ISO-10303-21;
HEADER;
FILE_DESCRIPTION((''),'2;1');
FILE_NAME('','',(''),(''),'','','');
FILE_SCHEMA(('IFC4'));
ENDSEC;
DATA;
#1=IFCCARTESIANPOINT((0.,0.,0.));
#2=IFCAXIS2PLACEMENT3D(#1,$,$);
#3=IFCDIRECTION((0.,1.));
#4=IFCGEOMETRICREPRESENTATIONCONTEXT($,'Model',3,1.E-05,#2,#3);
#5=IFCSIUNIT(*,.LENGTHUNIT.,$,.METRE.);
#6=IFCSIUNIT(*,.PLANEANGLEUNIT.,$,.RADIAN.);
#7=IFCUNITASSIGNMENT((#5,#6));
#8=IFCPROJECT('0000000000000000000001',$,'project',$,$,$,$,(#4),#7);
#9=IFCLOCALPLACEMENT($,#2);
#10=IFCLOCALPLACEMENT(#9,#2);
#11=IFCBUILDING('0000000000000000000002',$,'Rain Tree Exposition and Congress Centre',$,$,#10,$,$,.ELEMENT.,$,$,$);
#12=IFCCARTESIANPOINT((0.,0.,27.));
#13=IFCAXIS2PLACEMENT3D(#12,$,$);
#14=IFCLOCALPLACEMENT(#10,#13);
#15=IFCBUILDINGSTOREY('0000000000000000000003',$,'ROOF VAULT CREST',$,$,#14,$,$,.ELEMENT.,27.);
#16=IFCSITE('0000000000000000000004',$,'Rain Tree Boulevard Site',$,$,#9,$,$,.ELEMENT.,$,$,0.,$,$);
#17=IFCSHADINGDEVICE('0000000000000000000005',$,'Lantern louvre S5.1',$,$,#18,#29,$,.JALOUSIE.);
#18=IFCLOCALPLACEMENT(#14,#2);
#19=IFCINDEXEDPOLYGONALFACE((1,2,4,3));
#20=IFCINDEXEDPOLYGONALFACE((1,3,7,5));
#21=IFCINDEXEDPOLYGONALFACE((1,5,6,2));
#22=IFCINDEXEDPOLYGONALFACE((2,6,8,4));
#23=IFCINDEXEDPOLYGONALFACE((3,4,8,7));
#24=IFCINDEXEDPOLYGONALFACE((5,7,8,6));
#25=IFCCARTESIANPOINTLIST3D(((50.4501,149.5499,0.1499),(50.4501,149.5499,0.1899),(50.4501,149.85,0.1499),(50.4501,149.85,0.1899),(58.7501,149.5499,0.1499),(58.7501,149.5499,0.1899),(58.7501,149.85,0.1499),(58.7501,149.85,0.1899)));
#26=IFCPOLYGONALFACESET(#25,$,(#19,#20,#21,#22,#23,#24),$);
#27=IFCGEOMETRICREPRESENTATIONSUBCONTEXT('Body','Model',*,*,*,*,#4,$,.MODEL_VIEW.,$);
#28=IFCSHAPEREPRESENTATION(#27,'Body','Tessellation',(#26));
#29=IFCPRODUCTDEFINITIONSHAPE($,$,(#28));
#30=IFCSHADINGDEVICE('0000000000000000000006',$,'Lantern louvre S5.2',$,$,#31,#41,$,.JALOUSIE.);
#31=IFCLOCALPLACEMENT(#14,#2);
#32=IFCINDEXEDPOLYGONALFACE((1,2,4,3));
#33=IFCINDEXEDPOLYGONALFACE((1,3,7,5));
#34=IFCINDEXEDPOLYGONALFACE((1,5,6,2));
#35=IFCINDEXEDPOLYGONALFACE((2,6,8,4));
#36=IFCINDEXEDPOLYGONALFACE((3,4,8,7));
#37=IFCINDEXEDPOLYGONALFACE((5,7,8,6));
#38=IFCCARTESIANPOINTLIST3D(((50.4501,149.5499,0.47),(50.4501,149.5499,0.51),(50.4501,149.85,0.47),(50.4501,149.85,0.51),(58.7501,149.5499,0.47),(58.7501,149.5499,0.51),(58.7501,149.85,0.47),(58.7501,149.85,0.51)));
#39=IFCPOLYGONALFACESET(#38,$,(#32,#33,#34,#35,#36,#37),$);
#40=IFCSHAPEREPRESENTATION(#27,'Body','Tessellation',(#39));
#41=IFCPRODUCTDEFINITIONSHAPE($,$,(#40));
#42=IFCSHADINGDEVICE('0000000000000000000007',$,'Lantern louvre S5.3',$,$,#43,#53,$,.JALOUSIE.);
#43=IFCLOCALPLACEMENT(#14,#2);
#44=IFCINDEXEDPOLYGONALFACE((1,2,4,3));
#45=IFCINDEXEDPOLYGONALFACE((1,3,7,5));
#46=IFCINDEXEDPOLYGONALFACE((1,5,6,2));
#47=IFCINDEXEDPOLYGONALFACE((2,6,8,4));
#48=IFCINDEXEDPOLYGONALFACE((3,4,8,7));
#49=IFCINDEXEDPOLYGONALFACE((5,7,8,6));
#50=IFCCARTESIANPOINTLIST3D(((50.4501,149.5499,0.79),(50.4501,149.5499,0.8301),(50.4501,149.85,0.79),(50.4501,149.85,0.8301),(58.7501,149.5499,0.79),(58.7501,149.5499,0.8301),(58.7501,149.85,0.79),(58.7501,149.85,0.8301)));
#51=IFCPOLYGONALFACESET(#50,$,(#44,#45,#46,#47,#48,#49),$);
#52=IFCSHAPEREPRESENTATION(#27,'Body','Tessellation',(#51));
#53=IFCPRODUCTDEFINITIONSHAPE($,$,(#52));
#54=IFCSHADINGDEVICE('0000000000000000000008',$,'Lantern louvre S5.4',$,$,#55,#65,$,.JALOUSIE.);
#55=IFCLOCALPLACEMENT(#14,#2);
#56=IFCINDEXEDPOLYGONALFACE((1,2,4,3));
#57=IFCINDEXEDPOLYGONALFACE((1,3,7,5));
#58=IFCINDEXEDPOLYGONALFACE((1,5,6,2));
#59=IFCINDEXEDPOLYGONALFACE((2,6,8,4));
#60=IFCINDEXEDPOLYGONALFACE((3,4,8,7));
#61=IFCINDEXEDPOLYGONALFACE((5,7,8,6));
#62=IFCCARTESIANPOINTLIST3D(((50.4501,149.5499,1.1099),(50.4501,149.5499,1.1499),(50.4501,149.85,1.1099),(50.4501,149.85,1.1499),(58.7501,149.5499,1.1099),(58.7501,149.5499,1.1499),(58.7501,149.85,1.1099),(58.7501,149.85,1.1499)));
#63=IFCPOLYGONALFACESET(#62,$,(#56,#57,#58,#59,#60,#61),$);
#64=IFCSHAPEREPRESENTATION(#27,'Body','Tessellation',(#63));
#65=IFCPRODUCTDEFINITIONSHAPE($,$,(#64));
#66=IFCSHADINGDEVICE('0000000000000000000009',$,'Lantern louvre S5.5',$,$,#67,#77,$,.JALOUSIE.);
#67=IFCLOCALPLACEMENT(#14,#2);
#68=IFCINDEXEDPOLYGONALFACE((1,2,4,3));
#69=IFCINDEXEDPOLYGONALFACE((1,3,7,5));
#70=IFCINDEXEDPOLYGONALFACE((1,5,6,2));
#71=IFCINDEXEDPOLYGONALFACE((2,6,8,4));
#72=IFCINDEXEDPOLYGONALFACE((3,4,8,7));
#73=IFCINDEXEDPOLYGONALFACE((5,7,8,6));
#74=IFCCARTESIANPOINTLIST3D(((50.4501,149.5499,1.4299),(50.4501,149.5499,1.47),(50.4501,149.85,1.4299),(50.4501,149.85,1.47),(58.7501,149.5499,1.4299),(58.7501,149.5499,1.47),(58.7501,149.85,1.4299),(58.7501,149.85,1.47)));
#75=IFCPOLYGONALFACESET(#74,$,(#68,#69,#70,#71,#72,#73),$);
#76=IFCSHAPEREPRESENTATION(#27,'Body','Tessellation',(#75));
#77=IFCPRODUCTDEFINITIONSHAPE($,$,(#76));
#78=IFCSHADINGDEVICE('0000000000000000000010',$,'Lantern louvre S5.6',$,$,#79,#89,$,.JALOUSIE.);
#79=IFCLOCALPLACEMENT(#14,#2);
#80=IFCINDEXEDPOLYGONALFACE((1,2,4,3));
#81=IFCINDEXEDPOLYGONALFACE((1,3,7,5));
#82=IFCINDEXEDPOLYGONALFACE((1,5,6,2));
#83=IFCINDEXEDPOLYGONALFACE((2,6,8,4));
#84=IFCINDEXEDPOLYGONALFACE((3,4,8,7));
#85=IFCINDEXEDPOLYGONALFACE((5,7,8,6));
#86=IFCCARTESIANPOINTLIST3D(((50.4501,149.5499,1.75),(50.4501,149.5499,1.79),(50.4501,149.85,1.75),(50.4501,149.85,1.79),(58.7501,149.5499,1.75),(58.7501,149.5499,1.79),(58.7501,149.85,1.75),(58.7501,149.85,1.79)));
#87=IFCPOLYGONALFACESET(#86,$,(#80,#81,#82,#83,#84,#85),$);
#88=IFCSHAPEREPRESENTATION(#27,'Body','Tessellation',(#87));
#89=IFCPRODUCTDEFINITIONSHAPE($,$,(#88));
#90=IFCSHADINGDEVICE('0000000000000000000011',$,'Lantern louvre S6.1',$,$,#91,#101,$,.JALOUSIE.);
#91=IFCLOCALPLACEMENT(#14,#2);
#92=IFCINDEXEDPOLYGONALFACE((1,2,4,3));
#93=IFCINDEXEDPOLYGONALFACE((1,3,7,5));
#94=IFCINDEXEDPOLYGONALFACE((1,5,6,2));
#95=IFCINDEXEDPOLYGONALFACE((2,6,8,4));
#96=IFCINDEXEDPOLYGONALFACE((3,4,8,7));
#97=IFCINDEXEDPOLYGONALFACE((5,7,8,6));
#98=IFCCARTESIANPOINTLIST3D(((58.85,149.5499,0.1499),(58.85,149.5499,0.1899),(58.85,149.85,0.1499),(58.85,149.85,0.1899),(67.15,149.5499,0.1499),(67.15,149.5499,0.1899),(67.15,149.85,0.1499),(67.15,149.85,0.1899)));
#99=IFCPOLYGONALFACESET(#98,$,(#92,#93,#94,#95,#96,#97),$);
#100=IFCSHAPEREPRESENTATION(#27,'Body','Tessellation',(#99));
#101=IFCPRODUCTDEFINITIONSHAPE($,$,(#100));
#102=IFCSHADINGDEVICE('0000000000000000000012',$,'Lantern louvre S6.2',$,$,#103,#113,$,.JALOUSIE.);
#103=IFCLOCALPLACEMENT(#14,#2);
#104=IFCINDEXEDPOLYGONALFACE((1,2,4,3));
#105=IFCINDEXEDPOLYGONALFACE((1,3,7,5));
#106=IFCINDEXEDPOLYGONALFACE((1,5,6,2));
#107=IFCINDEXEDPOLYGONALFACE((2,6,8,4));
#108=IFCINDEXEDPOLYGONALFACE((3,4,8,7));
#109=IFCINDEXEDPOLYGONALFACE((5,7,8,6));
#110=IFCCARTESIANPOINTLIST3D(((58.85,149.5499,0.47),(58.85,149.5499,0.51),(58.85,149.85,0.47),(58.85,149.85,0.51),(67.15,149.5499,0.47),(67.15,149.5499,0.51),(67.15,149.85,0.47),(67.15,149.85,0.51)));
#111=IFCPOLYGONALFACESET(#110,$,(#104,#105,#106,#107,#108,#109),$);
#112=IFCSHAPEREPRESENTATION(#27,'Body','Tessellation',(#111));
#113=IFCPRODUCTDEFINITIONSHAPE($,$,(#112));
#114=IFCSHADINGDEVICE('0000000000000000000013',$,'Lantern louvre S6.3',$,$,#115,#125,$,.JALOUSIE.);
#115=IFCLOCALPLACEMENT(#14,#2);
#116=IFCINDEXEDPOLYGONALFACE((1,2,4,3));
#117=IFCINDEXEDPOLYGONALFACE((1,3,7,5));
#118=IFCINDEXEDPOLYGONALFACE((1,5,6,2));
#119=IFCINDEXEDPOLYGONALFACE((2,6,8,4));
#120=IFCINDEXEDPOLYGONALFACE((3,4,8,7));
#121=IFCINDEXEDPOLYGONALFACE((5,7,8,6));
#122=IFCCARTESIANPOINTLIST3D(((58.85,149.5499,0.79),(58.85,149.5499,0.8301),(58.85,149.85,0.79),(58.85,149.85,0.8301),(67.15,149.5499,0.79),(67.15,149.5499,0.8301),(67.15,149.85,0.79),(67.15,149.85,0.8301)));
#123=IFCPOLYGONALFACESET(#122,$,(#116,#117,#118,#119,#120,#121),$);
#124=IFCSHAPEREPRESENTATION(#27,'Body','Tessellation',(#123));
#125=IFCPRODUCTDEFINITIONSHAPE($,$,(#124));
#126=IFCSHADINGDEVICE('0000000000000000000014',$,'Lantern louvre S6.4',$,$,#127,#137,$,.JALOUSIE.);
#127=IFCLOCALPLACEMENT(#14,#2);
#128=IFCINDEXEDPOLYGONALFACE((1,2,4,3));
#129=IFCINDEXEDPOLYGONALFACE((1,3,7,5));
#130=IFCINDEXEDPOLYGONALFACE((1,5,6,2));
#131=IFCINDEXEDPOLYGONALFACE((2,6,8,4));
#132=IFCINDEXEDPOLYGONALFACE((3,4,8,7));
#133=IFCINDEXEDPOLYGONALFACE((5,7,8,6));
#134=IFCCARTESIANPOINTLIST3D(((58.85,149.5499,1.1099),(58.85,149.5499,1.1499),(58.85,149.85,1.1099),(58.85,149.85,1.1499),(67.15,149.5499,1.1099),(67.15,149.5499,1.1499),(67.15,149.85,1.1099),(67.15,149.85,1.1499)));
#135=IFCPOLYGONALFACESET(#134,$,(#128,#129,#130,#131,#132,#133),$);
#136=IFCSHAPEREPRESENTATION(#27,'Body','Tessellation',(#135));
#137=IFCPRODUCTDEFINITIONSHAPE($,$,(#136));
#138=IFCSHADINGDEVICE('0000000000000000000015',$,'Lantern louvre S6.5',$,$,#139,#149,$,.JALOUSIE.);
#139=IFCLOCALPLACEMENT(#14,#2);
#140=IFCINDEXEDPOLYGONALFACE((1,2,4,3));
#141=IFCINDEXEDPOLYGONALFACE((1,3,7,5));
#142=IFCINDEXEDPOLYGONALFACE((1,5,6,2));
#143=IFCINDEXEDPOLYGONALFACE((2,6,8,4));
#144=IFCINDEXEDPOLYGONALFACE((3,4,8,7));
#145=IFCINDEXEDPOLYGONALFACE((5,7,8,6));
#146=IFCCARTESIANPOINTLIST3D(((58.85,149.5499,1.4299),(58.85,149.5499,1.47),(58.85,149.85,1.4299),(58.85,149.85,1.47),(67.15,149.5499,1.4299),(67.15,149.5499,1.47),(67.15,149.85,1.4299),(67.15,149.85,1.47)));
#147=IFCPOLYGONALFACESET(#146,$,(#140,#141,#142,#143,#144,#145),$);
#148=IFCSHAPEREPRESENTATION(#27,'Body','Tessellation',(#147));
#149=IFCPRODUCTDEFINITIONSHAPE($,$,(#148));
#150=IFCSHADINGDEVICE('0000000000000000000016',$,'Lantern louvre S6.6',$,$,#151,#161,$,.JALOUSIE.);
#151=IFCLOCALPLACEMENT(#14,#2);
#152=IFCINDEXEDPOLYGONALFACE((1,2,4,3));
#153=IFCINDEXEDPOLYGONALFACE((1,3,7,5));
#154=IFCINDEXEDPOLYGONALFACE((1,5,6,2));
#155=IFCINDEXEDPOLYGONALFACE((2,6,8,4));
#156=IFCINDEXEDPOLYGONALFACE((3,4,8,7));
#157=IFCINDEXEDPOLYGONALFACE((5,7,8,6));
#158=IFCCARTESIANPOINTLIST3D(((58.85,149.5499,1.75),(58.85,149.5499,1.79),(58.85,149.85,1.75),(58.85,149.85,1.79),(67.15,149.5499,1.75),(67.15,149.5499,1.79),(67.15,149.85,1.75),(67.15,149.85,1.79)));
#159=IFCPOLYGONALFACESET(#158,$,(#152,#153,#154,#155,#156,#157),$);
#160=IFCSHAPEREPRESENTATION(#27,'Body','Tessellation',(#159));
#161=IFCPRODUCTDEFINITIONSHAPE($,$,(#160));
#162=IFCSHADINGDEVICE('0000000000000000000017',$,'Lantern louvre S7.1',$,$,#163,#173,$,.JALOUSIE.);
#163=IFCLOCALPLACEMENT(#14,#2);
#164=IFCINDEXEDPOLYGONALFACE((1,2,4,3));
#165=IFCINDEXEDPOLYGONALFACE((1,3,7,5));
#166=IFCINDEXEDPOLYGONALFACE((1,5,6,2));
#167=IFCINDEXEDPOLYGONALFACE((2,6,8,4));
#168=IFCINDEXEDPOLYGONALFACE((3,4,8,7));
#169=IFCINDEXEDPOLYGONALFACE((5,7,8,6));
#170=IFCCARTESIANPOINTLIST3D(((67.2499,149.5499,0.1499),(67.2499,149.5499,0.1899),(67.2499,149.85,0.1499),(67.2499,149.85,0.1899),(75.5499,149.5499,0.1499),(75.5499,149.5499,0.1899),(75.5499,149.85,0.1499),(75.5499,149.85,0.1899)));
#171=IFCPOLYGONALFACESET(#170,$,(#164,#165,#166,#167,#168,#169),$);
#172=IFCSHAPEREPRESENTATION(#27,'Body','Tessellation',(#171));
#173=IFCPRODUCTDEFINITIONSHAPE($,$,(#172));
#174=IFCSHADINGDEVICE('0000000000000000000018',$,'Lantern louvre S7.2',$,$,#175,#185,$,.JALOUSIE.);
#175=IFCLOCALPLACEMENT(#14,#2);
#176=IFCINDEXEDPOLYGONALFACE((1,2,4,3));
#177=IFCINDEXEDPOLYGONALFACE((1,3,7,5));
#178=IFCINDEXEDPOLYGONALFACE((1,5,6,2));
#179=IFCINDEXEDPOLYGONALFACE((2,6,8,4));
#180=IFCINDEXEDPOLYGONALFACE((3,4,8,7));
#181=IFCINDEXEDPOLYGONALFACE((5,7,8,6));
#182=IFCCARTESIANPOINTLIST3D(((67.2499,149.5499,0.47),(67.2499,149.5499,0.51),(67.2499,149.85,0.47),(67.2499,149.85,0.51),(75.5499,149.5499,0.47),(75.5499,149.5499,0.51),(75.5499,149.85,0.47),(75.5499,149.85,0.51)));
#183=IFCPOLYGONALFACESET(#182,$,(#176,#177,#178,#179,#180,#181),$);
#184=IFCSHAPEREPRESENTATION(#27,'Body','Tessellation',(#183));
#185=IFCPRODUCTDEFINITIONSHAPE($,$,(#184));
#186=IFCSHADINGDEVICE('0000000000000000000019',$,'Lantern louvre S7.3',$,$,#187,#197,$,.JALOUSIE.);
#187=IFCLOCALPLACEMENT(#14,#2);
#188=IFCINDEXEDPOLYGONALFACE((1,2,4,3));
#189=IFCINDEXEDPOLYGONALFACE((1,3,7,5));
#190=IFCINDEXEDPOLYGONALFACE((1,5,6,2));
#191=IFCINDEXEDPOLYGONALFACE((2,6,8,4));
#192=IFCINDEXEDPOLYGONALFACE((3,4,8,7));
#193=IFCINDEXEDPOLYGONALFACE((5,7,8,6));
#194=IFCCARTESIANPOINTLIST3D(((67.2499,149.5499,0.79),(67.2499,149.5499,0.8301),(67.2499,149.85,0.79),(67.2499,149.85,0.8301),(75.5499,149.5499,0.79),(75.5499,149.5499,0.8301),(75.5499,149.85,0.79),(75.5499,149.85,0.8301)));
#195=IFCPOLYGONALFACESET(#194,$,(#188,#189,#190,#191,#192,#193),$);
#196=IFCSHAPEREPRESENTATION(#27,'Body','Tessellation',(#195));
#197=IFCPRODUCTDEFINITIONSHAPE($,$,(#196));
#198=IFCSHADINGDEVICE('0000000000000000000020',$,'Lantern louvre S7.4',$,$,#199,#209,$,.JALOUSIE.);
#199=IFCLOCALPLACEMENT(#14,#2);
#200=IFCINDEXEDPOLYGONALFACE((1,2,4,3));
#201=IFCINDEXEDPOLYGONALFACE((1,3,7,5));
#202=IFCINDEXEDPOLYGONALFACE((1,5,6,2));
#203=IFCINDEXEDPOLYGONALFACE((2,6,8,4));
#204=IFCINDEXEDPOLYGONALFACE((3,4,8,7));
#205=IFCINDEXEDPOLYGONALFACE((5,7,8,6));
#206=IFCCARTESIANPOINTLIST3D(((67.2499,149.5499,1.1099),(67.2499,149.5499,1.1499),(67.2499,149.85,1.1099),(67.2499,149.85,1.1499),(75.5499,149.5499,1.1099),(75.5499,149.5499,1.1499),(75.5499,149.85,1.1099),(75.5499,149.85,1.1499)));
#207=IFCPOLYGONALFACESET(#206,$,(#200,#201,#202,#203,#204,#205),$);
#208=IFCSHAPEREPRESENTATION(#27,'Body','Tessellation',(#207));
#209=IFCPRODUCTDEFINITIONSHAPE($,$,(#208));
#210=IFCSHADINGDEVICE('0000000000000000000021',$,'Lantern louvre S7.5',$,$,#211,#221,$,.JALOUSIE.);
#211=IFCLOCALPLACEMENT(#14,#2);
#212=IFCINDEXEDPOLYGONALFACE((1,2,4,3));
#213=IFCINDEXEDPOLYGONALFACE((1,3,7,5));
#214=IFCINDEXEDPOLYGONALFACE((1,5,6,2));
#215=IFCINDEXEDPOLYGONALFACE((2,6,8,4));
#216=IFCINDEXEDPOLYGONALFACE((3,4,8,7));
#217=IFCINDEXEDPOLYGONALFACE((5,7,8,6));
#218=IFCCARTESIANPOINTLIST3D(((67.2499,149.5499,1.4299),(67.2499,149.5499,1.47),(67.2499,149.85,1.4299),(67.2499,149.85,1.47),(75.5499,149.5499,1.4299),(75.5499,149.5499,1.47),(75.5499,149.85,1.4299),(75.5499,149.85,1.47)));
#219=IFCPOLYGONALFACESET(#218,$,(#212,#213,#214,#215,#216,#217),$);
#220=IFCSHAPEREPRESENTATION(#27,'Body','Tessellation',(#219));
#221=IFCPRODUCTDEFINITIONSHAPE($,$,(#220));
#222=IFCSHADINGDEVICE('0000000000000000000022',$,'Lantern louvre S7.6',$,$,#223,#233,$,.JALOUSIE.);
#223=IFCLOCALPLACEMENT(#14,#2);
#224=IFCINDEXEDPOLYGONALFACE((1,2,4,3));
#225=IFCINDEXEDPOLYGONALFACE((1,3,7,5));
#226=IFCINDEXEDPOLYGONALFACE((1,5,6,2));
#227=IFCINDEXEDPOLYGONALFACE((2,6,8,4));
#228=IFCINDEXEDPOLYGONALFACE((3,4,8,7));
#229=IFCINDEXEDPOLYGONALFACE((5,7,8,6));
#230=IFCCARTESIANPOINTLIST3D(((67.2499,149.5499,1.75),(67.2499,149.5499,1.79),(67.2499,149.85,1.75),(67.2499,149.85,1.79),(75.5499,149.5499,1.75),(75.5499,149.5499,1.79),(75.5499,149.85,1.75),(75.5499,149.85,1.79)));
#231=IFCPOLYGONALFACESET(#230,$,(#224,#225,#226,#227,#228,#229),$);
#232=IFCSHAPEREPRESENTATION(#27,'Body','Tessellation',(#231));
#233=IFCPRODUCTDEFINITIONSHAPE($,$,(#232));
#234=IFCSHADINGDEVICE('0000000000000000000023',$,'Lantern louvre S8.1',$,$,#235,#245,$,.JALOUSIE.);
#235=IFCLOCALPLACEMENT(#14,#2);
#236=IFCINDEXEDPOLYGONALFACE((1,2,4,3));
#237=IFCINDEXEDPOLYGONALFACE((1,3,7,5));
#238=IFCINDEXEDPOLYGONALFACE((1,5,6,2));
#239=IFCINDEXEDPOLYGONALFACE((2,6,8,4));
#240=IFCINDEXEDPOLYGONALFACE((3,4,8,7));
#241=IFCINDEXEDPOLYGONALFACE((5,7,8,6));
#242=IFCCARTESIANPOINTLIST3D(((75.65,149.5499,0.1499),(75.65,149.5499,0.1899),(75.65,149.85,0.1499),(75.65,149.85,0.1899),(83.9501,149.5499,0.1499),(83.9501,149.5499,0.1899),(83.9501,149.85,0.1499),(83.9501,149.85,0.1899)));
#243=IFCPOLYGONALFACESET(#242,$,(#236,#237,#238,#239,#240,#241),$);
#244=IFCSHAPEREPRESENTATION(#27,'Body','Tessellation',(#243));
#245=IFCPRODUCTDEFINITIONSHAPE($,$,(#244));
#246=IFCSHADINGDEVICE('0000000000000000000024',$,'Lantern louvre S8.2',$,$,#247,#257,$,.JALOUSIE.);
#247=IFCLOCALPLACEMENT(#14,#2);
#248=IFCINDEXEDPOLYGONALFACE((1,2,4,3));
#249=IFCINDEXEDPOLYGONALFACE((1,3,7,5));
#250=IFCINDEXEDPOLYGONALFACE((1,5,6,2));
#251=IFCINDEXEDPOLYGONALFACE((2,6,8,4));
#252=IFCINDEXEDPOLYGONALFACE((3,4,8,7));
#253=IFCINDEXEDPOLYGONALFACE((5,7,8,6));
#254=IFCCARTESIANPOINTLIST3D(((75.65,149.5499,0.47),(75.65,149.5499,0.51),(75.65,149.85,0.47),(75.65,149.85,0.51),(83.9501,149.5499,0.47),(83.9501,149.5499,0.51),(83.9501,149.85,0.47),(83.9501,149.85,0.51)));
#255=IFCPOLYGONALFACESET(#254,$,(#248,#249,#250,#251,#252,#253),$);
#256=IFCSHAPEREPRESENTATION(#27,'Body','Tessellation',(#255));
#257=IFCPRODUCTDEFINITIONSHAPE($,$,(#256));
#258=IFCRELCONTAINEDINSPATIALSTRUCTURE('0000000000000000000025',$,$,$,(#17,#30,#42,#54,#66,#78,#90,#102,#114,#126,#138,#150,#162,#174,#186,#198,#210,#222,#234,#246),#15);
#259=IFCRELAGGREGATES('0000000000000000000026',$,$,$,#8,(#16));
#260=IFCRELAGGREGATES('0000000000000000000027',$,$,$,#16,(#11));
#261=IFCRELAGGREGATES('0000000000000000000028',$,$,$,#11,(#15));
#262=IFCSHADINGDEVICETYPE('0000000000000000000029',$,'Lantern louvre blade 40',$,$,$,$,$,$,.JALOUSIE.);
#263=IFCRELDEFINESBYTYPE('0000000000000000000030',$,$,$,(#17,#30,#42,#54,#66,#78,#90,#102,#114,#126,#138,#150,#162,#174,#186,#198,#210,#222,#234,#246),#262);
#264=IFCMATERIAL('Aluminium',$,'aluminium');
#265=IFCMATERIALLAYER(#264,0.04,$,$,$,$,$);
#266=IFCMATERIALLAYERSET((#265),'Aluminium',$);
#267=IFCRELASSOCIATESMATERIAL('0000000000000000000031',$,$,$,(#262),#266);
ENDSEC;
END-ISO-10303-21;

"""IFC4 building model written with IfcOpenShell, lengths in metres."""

from ifc_helpers import new_model, si_unit, direction, frame, origin, origin_2d, place, context, subcontext, project, spatial, rectangle, extrude, material, layer, layer_set, type_object, element, save


model = new_model("IFC4")

# Units and contexts
model_context = context("Model", 3, precision=1e-05, world=origin(), true_north=direction((0.0, 1.0)))
body_context = subcontext(model_context, "Body", "Model", "MODEL_VIEW")
ifc_project = project(units=[si_unit("LENGTHUNIT", "METRE"), si_unit("PLANEANGLEUNIT", "RADIAN")], contexts=[model_context])

# Site, building, storey
site_placement = place(None, origin())
site = spatial("IfcSite", under=ifc_project, at=site_placement, Name="Rain Tree Boulevard Site", CompositionType="ELEMENT", RefElevation=0.0)
building_placement = place(site_placement, origin())
building = spatial("IfcBuilding", under=site, at=building_placement, Name="Rain Tree Exposition and Congress Centre", CompositionType="ELEMENT")
storey_placement = place(building_placement, frame((0.0, 0.0, 27.0)))
storey = spatial("IfcBuildingStorey", under=building, at=storey_placement, Name="ROOF VAULT CREST", CompositionType="ELEMENT", Elevation=27.0)

# Shading devices
ifc_material_1 = material(Name="Aluminium", Category="aluminium")
ifc_layer_1 = layer(ifc_material_1, 0.04)
ifc_layer_set_1 = layer_set([ifc_layer_1], Name="Aluminium")
shading_device_type = type_object("IfcShadingDeviceType", Name="Lantern louvre blade 40", PredefinedType="JALOUSIE", material=ifc_layer_set_1)
for number, where, z_axis, x_axis, name in (
    (1, (54.6001, 149.7, 0.1499), (0.0, 0.0, 1.0), (1.0, 0.0, 0.0), "Lantern louvre S5.1"),
    (2, (54.6001, 149.7, 0.47), (0.0, 0.0, 1.0), (1.0, 0.0, 0.0), "Lantern louvre S5.2"),
    (3, (54.6001, 149.7, 0.79), (0.0, 0.0, 1.0), (1.0, 0.0, 0.0), "Lantern louvre S5.3"),
    (4, (54.6001, 149.7, 1.1099), (0.0, 0.0, 1.0), (1.0, 0.0, 0.0), "Lantern louvre S5.4"),
    (5, (54.6001, 149.7, 1.4299), (0.0, 0.0, 1.0), (1.0, 0.0, 0.0), "Lantern louvre S5.5"),
    (6, (54.6001, 149.7, 1.75), (0.0, 0.0, 1.0), (1.0, 0.0, 0.0), "Lantern louvre S5.6"),
    (7, (63.0, 149.7, 0.1499), (0.0, 0.0, 1.0), (1.0, 0.0, 0.0), "Lantern louvre S6.1"),
    (8, (63.0, 149.7, 0.47), (0.0, 0.0, 1.0), (1.0, 0.0, 0.0), "Lantern louvre S6.2"),
    (9, (63.0, 149.7, 0.79), (0.0, 0.0, 1.0), (1.0, 0.0, 0.0), "Lantern louvre S6.3"),
    (10, (63.0, 149.7, 1.1099), (0.0, 0.0, 1.0), (1.0, 0.0, 0.0), "Lantern louvre S6.4"),
    (11, (63.0, 149.7, 1.4299), (0.0, 0.0, 1.0), (1.0, 0.0, 0.0), "Lantern louvre S6.5"),
    (12, (63.0, 149.7, 1.75), (0.0, 0.0, 1.0), (1.0, 0.0, 0.0), "Lantern louvre S6.6"),
    (13, (71.3999, 149.7, 0.1499), (0.0, 0.0, 1.0), (1.0, 0.0, 0.0), "Lantern louvre S7.1"),
    (14, (71.3999, 149.7, 0.47), (0.0, 0.0, 1.0), (1.0, 0.0, 0.0), "Lantern louvre S7.2"),
    (15, (71.3999, 149.7, 0.79), (0.0, 0.0, 1.0), (1.0, 0.0, 0.0), "Lantern louvre S7.3"),
    (16, (71.3999, 149.7, 1.1099), (0.0, 0.0, 1.0), (1.0, 0.0, 0.0), "Lantern louvre S7.4"),
    (17, (71.3999, 149.7, 1.4299), (0.0, 0.0, 1.0), (1.0, 0.0, 0.0), "Lantern louvre S7.5"),
    (18, (71.3999, 149.7, 1.75), (0.0, 0.0, 1.0), (1.0, 0.0, 0.0), "Lantern louvre S7.6"),
    (19, (79.8, 149.7, 0.1499), (0.0, 0.0, 1.0), (1.0, 0.0, 0.0), "Lantern louvre S8.1"),
    (20, (79.8, 149.7, 0.47), (0.0, 0.0, 1.0), (1.0, 0.0, 0.0), "Lantern louvre S8.2"),
):
    element("IfcShadingDevice", number, at=place(storey_placement, frame(where, z_axis=z_axis, x_axis=x_axis)), inside=storey, type_object=shading_device_type, Name=name, PredefinedType="JALOUSIE", context=body_context, shape_type="SweptSolid", body=[
        extrude(rectangle(XDim=8.3, YDim=0.3, at=origin_2d()), origin(), (0.0, 0.0, 1.0), 0.04),
    ])

save(model, "model.ifc")
